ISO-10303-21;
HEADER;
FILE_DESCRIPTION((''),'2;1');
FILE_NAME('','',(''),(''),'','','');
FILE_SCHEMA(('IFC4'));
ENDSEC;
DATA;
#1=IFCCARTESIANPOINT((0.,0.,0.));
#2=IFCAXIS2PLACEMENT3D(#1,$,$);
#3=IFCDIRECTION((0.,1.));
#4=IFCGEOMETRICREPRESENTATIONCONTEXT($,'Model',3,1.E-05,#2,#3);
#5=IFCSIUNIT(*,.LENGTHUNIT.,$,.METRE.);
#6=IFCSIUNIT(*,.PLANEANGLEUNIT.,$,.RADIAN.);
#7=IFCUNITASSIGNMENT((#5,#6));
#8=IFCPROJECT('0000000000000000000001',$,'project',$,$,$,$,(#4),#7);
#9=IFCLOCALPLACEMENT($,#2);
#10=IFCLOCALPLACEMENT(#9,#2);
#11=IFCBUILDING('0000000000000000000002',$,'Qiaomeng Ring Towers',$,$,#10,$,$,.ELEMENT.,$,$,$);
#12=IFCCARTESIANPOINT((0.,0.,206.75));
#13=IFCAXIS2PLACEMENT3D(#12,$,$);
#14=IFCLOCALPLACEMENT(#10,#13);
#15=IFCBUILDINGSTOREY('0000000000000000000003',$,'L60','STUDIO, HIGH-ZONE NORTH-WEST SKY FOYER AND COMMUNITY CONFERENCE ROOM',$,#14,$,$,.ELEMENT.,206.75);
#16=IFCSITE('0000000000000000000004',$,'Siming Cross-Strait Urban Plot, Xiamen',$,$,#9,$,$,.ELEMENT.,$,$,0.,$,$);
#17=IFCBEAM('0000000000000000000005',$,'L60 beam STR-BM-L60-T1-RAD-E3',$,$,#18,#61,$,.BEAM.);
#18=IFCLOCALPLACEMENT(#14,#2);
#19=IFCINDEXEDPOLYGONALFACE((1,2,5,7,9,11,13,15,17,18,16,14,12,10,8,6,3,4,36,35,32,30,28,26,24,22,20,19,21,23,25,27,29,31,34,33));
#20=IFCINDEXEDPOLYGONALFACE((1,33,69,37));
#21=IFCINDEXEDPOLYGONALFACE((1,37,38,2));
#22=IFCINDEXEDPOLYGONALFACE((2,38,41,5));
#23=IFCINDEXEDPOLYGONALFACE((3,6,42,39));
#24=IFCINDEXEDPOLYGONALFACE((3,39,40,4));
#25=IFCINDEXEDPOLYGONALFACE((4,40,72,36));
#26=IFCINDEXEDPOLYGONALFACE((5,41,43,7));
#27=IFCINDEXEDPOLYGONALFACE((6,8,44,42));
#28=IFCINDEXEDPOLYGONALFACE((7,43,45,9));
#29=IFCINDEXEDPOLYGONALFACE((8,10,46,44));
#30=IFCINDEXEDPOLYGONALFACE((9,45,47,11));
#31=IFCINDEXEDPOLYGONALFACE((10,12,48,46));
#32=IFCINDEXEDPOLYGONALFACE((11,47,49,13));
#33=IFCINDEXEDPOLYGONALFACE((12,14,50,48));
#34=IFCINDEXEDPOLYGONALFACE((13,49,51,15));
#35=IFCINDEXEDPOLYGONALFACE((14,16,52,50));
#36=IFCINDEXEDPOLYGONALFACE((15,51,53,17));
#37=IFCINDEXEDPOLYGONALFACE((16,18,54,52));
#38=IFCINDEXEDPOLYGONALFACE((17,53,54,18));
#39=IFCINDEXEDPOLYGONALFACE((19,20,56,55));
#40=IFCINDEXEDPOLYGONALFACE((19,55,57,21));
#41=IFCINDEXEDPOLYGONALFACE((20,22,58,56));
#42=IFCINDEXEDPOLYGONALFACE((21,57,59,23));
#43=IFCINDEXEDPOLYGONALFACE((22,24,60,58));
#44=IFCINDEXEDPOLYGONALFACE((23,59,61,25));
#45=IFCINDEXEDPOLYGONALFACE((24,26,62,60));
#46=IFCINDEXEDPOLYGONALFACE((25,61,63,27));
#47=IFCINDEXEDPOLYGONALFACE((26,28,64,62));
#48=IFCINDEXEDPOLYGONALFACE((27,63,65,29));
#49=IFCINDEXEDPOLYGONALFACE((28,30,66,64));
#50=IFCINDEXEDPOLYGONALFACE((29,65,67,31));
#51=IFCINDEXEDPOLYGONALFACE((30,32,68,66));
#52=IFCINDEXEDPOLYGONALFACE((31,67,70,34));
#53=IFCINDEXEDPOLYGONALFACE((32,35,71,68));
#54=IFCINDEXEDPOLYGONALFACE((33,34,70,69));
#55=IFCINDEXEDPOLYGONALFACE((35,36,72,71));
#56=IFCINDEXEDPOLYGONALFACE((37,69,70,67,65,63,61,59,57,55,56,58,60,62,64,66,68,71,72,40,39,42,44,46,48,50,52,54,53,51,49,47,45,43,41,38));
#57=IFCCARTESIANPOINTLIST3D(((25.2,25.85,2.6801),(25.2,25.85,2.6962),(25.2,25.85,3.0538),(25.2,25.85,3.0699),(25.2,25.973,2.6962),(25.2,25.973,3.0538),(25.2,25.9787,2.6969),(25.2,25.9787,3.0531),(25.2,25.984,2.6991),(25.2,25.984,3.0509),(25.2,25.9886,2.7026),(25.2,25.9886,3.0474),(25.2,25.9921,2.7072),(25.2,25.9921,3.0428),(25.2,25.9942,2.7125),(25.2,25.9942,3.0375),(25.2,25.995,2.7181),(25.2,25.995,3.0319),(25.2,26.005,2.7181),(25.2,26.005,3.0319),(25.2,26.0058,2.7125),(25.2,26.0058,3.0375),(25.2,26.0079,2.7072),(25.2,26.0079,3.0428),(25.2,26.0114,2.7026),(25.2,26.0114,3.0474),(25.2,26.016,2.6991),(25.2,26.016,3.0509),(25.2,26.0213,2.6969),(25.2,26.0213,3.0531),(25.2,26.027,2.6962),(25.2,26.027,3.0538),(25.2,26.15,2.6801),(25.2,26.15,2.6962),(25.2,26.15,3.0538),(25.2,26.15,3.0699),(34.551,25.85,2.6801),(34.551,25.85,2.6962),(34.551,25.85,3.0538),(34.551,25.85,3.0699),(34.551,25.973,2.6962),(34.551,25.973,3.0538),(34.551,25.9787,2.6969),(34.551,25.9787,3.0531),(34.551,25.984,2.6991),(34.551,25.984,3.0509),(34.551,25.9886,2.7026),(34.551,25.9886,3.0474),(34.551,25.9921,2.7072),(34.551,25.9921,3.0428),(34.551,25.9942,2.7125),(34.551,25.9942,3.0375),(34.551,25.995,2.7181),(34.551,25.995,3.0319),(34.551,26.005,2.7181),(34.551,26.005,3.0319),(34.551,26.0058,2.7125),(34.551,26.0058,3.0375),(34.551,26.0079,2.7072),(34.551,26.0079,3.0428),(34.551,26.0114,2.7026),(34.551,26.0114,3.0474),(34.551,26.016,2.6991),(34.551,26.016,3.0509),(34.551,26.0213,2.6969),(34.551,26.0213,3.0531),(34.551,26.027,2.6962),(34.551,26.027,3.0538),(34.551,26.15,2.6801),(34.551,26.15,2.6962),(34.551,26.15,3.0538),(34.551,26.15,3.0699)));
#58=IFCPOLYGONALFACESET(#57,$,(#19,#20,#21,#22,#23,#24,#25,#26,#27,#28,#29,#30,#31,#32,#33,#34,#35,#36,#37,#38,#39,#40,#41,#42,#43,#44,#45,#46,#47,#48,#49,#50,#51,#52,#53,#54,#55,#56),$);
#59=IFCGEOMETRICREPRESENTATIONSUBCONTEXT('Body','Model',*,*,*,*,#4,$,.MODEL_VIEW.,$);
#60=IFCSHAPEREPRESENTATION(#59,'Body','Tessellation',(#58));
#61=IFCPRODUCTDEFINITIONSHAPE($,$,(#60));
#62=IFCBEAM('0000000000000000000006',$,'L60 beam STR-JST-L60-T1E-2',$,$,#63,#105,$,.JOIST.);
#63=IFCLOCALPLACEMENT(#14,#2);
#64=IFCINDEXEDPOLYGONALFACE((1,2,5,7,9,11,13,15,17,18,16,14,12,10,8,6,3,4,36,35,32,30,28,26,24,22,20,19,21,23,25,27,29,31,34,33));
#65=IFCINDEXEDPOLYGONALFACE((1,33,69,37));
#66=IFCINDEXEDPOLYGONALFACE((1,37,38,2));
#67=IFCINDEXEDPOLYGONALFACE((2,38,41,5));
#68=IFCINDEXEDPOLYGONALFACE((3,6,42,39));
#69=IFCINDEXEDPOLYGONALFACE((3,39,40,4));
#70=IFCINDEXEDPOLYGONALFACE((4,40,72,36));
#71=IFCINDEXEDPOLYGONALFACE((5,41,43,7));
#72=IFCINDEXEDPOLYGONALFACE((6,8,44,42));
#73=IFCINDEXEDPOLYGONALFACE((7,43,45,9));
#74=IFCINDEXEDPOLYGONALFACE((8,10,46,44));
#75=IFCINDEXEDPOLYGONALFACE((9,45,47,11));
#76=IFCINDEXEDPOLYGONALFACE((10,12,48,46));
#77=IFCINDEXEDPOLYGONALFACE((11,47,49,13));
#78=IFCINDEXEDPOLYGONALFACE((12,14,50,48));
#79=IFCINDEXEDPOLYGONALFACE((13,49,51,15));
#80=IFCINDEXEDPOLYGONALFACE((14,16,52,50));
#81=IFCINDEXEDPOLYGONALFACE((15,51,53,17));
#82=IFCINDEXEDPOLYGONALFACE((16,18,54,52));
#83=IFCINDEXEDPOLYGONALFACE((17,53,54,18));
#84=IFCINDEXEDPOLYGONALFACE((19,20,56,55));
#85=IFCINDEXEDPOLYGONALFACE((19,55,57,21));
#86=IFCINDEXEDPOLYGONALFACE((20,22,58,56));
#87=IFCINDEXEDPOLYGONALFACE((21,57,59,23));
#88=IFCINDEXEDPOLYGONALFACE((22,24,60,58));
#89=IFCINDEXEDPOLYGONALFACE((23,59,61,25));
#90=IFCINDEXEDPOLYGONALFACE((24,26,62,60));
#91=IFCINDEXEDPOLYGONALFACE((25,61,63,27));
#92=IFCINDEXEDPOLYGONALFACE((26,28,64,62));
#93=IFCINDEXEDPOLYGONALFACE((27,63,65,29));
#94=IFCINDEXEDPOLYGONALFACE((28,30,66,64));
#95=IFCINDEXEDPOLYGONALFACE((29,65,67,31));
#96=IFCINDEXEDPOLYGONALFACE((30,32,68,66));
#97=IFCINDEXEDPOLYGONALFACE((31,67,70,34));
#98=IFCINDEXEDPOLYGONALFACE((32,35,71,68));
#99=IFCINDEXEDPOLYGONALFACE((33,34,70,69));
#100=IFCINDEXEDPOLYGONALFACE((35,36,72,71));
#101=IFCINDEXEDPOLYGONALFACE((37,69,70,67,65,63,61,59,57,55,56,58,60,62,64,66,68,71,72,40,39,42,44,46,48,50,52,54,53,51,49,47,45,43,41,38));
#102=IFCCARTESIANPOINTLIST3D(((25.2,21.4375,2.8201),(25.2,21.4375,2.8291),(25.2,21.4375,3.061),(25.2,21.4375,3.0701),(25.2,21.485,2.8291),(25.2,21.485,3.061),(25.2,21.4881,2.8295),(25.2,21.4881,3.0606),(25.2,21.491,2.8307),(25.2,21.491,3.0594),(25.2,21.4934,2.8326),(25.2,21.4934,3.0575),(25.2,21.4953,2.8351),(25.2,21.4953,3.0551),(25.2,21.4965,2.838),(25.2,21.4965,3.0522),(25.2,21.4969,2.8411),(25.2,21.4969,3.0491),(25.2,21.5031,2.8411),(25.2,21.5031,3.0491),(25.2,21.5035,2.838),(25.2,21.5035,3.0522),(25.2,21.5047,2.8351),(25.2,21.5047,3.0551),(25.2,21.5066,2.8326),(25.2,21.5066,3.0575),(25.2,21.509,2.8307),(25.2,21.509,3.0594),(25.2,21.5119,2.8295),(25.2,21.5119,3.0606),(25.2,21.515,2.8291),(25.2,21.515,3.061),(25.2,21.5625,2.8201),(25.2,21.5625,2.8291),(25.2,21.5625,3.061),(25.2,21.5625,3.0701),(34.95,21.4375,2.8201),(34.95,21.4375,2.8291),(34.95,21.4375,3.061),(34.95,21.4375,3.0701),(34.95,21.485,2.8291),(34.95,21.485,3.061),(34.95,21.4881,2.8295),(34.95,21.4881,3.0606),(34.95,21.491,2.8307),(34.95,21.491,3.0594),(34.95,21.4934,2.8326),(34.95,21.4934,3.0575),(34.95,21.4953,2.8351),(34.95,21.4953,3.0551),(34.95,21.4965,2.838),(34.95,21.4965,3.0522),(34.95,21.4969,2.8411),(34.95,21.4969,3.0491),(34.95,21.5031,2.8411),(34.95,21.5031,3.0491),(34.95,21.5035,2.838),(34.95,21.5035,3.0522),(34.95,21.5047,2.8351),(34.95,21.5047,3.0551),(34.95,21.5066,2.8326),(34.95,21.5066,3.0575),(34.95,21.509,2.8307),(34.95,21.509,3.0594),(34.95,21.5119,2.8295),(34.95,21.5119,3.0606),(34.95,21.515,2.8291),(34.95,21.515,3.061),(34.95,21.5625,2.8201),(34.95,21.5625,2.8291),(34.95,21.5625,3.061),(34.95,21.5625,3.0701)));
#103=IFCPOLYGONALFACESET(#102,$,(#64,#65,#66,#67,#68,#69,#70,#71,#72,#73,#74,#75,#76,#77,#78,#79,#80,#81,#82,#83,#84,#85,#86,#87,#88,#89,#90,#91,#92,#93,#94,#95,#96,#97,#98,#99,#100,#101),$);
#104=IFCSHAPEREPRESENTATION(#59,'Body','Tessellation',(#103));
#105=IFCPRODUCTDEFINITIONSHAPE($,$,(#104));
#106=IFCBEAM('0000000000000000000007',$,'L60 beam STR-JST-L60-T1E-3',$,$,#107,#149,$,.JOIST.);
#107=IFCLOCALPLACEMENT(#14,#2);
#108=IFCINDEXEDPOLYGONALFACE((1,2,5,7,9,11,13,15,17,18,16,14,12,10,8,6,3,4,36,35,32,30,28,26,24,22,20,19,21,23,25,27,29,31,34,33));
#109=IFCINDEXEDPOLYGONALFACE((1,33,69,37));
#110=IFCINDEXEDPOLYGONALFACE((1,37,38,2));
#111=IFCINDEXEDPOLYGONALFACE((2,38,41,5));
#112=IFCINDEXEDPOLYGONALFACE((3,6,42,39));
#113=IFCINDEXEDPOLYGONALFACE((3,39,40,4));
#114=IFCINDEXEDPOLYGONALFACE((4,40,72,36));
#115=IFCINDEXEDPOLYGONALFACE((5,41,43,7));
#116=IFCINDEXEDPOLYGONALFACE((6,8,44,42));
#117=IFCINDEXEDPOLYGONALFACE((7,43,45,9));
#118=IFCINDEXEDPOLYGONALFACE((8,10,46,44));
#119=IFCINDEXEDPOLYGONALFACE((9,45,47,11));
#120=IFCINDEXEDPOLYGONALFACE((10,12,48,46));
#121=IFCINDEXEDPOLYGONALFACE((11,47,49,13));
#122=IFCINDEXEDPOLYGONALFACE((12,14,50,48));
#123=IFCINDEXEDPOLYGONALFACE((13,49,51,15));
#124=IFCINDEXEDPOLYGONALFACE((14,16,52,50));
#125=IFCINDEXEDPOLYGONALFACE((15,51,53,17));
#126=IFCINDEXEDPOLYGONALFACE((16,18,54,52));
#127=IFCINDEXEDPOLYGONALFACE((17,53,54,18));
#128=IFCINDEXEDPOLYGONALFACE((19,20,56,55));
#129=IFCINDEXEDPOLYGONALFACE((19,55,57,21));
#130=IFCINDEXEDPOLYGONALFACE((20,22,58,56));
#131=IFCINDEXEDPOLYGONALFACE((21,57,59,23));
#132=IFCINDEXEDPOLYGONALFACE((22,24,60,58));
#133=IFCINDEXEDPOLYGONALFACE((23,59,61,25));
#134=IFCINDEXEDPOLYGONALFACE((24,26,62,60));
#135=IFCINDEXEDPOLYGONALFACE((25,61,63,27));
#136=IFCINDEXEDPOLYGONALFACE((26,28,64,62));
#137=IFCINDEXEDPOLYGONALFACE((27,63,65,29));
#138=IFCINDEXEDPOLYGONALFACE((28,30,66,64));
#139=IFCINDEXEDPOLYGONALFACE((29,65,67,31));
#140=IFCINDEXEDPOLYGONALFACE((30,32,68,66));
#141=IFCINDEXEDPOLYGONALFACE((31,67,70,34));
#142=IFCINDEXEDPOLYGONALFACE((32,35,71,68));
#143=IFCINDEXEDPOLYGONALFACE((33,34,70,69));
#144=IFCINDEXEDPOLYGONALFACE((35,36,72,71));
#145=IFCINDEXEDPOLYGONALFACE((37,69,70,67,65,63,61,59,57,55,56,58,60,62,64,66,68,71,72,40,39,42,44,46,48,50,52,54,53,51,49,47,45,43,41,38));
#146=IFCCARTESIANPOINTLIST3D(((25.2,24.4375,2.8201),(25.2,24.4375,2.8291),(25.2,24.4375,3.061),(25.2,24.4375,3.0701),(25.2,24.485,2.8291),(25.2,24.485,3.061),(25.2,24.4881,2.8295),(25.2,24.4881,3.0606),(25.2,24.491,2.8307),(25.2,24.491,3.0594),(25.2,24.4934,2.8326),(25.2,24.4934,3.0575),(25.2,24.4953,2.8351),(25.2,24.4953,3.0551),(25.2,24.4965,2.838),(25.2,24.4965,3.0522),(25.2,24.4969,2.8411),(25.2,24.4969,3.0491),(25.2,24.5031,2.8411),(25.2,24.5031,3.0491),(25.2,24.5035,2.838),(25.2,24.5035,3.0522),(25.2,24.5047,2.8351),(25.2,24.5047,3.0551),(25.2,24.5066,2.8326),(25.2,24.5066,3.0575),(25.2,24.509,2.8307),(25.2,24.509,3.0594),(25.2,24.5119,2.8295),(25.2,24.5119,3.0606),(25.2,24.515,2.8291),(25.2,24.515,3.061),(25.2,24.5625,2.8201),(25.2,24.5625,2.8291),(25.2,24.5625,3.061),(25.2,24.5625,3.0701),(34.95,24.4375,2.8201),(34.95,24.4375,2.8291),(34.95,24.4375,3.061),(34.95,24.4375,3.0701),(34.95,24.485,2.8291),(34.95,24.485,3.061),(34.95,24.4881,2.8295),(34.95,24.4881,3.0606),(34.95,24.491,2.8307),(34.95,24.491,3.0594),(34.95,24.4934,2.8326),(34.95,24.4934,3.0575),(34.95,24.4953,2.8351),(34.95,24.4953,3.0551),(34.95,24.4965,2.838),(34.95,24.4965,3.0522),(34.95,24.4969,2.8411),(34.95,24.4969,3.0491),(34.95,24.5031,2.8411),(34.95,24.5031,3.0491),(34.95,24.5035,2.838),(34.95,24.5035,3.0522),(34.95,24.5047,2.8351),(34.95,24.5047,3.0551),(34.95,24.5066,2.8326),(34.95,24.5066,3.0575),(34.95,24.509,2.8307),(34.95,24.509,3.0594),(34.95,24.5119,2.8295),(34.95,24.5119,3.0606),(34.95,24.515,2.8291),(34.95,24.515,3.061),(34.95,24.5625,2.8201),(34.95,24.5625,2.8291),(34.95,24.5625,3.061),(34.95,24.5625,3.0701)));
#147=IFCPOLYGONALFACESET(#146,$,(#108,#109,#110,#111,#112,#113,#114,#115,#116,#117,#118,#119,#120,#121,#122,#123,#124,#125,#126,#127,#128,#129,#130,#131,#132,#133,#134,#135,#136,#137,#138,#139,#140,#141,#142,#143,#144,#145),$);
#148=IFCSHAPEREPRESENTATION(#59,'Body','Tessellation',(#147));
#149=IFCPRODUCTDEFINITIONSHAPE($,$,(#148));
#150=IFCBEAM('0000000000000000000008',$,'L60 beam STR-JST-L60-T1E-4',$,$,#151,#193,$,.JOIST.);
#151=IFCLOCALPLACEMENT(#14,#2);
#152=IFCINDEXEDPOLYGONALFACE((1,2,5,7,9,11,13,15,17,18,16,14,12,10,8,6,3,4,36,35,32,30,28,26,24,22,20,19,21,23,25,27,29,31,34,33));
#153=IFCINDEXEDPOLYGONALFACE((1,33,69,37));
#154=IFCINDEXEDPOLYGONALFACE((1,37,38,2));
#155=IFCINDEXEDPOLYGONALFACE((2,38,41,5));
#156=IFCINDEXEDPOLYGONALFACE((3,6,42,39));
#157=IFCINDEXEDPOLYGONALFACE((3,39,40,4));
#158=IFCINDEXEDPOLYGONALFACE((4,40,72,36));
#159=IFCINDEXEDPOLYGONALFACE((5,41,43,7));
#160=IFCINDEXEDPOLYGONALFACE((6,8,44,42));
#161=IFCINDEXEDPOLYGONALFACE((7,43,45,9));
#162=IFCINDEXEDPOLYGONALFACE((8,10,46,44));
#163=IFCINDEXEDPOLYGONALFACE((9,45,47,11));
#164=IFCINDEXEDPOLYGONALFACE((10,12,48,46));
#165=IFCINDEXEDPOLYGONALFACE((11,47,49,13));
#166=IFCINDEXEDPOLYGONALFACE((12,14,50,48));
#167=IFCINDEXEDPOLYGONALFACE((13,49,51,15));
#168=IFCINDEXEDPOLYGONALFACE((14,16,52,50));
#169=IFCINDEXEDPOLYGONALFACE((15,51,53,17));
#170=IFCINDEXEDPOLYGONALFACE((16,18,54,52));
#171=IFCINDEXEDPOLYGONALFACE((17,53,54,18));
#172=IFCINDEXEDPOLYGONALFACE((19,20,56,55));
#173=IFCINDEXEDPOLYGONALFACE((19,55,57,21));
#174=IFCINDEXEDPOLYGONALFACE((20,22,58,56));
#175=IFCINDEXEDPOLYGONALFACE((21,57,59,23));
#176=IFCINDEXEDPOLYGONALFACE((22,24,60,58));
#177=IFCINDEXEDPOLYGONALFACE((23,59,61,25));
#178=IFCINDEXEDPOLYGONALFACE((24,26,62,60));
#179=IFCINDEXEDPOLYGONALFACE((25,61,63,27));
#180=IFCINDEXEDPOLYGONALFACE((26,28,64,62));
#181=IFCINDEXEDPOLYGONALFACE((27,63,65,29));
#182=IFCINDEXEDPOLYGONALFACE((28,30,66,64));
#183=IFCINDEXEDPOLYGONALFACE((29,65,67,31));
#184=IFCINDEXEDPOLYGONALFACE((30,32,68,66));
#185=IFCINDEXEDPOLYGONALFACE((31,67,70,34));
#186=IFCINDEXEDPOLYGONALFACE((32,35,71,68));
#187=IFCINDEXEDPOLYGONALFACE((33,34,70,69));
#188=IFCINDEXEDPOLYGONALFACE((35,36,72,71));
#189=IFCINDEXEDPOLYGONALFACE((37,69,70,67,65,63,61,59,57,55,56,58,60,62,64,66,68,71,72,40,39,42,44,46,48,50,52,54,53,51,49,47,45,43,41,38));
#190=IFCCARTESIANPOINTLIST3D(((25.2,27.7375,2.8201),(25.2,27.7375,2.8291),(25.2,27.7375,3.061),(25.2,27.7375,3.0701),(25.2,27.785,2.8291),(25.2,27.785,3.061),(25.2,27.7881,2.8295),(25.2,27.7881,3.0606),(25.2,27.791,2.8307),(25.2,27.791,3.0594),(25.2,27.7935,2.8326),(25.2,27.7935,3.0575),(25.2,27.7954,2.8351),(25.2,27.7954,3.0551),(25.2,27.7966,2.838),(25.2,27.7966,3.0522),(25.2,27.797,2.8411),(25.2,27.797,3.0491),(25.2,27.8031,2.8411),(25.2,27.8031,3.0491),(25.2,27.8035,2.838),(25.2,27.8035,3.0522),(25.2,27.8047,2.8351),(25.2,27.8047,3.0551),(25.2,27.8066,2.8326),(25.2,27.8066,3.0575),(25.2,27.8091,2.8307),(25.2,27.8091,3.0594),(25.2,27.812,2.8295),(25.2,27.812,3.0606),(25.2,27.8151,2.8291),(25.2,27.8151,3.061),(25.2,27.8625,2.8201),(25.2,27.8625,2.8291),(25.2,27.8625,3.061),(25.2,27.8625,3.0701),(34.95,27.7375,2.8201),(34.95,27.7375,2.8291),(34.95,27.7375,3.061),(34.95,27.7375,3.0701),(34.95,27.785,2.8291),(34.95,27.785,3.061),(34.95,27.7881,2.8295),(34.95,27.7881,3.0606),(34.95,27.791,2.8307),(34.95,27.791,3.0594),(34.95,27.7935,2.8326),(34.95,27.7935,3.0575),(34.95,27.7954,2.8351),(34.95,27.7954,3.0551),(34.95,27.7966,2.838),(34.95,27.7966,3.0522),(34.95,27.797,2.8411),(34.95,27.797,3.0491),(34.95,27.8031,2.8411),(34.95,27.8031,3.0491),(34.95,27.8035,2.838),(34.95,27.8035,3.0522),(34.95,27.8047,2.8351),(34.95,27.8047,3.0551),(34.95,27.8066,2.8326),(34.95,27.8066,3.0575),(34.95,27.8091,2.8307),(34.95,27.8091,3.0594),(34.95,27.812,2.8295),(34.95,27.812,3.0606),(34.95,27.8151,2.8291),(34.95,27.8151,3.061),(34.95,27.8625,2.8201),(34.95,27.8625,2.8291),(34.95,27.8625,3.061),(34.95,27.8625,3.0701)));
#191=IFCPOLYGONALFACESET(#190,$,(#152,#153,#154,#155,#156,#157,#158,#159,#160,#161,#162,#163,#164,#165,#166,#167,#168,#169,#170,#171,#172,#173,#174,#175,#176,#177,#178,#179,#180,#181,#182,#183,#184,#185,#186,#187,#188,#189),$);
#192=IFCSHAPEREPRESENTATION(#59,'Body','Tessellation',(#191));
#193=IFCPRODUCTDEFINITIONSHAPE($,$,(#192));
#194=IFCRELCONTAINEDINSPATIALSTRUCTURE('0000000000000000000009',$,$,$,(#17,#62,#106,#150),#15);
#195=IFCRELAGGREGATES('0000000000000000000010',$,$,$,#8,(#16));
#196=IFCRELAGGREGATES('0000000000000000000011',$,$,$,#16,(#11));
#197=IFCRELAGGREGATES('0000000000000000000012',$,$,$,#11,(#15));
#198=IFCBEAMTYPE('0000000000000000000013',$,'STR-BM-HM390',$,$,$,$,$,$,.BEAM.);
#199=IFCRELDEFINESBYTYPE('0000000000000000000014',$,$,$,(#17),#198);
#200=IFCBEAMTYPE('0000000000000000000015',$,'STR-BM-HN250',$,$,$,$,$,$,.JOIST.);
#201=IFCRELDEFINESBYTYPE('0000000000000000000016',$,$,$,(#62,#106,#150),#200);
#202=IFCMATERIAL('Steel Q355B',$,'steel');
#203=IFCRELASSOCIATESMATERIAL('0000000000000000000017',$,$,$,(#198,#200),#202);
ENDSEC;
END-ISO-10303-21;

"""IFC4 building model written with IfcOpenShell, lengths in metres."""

from ifc_helpers import new_model, si_unit, direction, frame, origin, origin_2d, place, context, subcontext, project, spatial, i_section, extrude, source, transform, mapped, material, material_profile, profile_set, type_object, element, save


model = new_model("IFC4")

# Units and contexts
model_context = context("Model", 3, precision=1e-05, world=origin(), true_north=direction((0.0, 1.0)))
body_context = subcontext(model_context, "Body", "Model", "MODEL_VIEW")
ifc_project = project(units=[si_unit("LENGTHUNIT", "METRE"), si_unit("PLANEANGLEUNIT", "RADIAN")], contexts=[model_context])

# Site, building, storey
site_placement = place(None, origin())
site = spatial("IfcSite", under=ifc_project, at=site_placement, Name="Siming Cross-Strait Urban Plot, Xiamen", CompositionType="ELEMENT", RefElevation=0.0)
building_placement = place(site_placement, origin())
building = spatial("IfcBuilding", under=site, at=building_placement, Name="Qiaomeng Ring Towers", CompositionType="ELEMENT")
storey_placement = place(building_placement, frame((0.0, 0.0, 206.75)))
storey = spatial("IfcBuildingStorey", under=building, at=storey_placement, Name="L60", Description="STUDIO, HIGH-ZONE NORTH-WEST SKY FOYER AND COMMUNITY CONFERENCE ROOM", CompositionType="ELEMENT", Elevation=206.75)

# Beams
ifc_material_1 = material(Name="Steel Q355B", Category="steel")
ifc_material_profile_1 = material_profile(ifc_material_1, i_section(OverallWidth=0.3, OverallDepth=0.3899, WebThickness=0.01, FlangeThickness=0.0161, FilletRadius=0.022, at=origin_2d()), Name="HM 390x300x10x16")
ifc_profile_set_1 = profile_set([ifc_material_profile_1], Name="Steel Q355B")
beam_type_1 = type_object("IfcBeamType", Name="STR-BM-HM390", PredefinedType="BEAM", material=ifc_profile_set_1)
shared_shape_1 = source(origin(), body_context, "Body", "SweptSolid", [
    extrude(i_section(OverallWidth=0.3, OverallDepth=0.3899, WebThickness=0.01, FlangeThickness=0.0161, FilletRadius=0.022, at=origin_2d()), origin(), (0.0, 0.0, 1.0), 9.3511),
])
beam_placement = place(storey_placement, frame((25.2, 26.0, 2.875), z_axis=(1.0, 0.0, 0.0), x_axis=(0.0, 1.0, 0.0)))
element("IfcBeam", 1, at=beam_placement, inside=storey, type_object=beam_type_1, Name="L60 beam STR-BM-L60-T1-RAD-E3", PredefinedType="BEAM", context=body_context, shape_type="MappedRepresentation", body=[
    mapped(shared_shape_1, transform((0.0, 0.0, 0.0), x_axis=(1.0, 0.0, 0.0), y_axis=(0.0, 1.0, 0.0), z_axis=(0.0, 0.0, 1.0), scale=1.0)),
])
ifc_material_profile_2 = material_profile(ifc_material_1, i_section(OverallWidth=0.125, OverallDepth=0.25, WebThickness=0.0061, FlangeThickness=0.009, FilletRadius=0.012, at=origin_2d()), Name="HN 250x125x6x9")
ifc_profile_set_2 = profile_set([ifc_material_profile_2], Name="Steel Q355B")
beam_type_2 = type_object("IfcBeamType", Name="STR-BM-HN250", PredefinedType="JOIST", material=ifc_profile_set_2)
shared_shape_2 = source(origin(), body_context, "Body", "SweptSolid", [
    extrude(i_section(OverallWidth=0.125, OverallDepth=0.25, WebThickness=0.0061, FlangeThickness=0.009, FilletRadius=0.012, at=origin_2d()), origin(), (0.0, 0.0, 1.0), 9.75),
])
for number, where, z_axis, x_axis, name in (
    (2, (25.2, 21.5, 2.9451), (1.0, 0.0, 0.0), (0.0, 1.0, 0.0), "L60 beam STR-JST-L60-T1E-2"),
    (3, (25.2, 24.5, 2.9451), (1.0, 0.0, 0.0), (0.0, 1.0, 0.0), "L60 beam STR-JST-L60-T1E-3"),
    (4, (25.2, 27.8, 2.9451), (1.0, 0.0, 0.0), (0.0, 1.0, 0.0), "L60 beam STR-JST-L60-T1E-4"),
):
    element("IfcBeam", number, at=place(storey_placement, frame(where, z_axis=z_axis, x_axis=x_axis)), inside=storey, type_object=beam_type_2, Name=name, PredefinedType="JOIST", context=body_context, shape_type="MappedRepresentation", body=[
        mapped(shared_shape_2, transform((0.0, 0.0, 0.0), x_axis=(1.0, 0.0, 0.0), y_axis=(0.0, 1.0, 0.0), z_axis=(0.0, 0.0, 1.0), scale=1.0)),
    ])

save(model, "model.ifc")
